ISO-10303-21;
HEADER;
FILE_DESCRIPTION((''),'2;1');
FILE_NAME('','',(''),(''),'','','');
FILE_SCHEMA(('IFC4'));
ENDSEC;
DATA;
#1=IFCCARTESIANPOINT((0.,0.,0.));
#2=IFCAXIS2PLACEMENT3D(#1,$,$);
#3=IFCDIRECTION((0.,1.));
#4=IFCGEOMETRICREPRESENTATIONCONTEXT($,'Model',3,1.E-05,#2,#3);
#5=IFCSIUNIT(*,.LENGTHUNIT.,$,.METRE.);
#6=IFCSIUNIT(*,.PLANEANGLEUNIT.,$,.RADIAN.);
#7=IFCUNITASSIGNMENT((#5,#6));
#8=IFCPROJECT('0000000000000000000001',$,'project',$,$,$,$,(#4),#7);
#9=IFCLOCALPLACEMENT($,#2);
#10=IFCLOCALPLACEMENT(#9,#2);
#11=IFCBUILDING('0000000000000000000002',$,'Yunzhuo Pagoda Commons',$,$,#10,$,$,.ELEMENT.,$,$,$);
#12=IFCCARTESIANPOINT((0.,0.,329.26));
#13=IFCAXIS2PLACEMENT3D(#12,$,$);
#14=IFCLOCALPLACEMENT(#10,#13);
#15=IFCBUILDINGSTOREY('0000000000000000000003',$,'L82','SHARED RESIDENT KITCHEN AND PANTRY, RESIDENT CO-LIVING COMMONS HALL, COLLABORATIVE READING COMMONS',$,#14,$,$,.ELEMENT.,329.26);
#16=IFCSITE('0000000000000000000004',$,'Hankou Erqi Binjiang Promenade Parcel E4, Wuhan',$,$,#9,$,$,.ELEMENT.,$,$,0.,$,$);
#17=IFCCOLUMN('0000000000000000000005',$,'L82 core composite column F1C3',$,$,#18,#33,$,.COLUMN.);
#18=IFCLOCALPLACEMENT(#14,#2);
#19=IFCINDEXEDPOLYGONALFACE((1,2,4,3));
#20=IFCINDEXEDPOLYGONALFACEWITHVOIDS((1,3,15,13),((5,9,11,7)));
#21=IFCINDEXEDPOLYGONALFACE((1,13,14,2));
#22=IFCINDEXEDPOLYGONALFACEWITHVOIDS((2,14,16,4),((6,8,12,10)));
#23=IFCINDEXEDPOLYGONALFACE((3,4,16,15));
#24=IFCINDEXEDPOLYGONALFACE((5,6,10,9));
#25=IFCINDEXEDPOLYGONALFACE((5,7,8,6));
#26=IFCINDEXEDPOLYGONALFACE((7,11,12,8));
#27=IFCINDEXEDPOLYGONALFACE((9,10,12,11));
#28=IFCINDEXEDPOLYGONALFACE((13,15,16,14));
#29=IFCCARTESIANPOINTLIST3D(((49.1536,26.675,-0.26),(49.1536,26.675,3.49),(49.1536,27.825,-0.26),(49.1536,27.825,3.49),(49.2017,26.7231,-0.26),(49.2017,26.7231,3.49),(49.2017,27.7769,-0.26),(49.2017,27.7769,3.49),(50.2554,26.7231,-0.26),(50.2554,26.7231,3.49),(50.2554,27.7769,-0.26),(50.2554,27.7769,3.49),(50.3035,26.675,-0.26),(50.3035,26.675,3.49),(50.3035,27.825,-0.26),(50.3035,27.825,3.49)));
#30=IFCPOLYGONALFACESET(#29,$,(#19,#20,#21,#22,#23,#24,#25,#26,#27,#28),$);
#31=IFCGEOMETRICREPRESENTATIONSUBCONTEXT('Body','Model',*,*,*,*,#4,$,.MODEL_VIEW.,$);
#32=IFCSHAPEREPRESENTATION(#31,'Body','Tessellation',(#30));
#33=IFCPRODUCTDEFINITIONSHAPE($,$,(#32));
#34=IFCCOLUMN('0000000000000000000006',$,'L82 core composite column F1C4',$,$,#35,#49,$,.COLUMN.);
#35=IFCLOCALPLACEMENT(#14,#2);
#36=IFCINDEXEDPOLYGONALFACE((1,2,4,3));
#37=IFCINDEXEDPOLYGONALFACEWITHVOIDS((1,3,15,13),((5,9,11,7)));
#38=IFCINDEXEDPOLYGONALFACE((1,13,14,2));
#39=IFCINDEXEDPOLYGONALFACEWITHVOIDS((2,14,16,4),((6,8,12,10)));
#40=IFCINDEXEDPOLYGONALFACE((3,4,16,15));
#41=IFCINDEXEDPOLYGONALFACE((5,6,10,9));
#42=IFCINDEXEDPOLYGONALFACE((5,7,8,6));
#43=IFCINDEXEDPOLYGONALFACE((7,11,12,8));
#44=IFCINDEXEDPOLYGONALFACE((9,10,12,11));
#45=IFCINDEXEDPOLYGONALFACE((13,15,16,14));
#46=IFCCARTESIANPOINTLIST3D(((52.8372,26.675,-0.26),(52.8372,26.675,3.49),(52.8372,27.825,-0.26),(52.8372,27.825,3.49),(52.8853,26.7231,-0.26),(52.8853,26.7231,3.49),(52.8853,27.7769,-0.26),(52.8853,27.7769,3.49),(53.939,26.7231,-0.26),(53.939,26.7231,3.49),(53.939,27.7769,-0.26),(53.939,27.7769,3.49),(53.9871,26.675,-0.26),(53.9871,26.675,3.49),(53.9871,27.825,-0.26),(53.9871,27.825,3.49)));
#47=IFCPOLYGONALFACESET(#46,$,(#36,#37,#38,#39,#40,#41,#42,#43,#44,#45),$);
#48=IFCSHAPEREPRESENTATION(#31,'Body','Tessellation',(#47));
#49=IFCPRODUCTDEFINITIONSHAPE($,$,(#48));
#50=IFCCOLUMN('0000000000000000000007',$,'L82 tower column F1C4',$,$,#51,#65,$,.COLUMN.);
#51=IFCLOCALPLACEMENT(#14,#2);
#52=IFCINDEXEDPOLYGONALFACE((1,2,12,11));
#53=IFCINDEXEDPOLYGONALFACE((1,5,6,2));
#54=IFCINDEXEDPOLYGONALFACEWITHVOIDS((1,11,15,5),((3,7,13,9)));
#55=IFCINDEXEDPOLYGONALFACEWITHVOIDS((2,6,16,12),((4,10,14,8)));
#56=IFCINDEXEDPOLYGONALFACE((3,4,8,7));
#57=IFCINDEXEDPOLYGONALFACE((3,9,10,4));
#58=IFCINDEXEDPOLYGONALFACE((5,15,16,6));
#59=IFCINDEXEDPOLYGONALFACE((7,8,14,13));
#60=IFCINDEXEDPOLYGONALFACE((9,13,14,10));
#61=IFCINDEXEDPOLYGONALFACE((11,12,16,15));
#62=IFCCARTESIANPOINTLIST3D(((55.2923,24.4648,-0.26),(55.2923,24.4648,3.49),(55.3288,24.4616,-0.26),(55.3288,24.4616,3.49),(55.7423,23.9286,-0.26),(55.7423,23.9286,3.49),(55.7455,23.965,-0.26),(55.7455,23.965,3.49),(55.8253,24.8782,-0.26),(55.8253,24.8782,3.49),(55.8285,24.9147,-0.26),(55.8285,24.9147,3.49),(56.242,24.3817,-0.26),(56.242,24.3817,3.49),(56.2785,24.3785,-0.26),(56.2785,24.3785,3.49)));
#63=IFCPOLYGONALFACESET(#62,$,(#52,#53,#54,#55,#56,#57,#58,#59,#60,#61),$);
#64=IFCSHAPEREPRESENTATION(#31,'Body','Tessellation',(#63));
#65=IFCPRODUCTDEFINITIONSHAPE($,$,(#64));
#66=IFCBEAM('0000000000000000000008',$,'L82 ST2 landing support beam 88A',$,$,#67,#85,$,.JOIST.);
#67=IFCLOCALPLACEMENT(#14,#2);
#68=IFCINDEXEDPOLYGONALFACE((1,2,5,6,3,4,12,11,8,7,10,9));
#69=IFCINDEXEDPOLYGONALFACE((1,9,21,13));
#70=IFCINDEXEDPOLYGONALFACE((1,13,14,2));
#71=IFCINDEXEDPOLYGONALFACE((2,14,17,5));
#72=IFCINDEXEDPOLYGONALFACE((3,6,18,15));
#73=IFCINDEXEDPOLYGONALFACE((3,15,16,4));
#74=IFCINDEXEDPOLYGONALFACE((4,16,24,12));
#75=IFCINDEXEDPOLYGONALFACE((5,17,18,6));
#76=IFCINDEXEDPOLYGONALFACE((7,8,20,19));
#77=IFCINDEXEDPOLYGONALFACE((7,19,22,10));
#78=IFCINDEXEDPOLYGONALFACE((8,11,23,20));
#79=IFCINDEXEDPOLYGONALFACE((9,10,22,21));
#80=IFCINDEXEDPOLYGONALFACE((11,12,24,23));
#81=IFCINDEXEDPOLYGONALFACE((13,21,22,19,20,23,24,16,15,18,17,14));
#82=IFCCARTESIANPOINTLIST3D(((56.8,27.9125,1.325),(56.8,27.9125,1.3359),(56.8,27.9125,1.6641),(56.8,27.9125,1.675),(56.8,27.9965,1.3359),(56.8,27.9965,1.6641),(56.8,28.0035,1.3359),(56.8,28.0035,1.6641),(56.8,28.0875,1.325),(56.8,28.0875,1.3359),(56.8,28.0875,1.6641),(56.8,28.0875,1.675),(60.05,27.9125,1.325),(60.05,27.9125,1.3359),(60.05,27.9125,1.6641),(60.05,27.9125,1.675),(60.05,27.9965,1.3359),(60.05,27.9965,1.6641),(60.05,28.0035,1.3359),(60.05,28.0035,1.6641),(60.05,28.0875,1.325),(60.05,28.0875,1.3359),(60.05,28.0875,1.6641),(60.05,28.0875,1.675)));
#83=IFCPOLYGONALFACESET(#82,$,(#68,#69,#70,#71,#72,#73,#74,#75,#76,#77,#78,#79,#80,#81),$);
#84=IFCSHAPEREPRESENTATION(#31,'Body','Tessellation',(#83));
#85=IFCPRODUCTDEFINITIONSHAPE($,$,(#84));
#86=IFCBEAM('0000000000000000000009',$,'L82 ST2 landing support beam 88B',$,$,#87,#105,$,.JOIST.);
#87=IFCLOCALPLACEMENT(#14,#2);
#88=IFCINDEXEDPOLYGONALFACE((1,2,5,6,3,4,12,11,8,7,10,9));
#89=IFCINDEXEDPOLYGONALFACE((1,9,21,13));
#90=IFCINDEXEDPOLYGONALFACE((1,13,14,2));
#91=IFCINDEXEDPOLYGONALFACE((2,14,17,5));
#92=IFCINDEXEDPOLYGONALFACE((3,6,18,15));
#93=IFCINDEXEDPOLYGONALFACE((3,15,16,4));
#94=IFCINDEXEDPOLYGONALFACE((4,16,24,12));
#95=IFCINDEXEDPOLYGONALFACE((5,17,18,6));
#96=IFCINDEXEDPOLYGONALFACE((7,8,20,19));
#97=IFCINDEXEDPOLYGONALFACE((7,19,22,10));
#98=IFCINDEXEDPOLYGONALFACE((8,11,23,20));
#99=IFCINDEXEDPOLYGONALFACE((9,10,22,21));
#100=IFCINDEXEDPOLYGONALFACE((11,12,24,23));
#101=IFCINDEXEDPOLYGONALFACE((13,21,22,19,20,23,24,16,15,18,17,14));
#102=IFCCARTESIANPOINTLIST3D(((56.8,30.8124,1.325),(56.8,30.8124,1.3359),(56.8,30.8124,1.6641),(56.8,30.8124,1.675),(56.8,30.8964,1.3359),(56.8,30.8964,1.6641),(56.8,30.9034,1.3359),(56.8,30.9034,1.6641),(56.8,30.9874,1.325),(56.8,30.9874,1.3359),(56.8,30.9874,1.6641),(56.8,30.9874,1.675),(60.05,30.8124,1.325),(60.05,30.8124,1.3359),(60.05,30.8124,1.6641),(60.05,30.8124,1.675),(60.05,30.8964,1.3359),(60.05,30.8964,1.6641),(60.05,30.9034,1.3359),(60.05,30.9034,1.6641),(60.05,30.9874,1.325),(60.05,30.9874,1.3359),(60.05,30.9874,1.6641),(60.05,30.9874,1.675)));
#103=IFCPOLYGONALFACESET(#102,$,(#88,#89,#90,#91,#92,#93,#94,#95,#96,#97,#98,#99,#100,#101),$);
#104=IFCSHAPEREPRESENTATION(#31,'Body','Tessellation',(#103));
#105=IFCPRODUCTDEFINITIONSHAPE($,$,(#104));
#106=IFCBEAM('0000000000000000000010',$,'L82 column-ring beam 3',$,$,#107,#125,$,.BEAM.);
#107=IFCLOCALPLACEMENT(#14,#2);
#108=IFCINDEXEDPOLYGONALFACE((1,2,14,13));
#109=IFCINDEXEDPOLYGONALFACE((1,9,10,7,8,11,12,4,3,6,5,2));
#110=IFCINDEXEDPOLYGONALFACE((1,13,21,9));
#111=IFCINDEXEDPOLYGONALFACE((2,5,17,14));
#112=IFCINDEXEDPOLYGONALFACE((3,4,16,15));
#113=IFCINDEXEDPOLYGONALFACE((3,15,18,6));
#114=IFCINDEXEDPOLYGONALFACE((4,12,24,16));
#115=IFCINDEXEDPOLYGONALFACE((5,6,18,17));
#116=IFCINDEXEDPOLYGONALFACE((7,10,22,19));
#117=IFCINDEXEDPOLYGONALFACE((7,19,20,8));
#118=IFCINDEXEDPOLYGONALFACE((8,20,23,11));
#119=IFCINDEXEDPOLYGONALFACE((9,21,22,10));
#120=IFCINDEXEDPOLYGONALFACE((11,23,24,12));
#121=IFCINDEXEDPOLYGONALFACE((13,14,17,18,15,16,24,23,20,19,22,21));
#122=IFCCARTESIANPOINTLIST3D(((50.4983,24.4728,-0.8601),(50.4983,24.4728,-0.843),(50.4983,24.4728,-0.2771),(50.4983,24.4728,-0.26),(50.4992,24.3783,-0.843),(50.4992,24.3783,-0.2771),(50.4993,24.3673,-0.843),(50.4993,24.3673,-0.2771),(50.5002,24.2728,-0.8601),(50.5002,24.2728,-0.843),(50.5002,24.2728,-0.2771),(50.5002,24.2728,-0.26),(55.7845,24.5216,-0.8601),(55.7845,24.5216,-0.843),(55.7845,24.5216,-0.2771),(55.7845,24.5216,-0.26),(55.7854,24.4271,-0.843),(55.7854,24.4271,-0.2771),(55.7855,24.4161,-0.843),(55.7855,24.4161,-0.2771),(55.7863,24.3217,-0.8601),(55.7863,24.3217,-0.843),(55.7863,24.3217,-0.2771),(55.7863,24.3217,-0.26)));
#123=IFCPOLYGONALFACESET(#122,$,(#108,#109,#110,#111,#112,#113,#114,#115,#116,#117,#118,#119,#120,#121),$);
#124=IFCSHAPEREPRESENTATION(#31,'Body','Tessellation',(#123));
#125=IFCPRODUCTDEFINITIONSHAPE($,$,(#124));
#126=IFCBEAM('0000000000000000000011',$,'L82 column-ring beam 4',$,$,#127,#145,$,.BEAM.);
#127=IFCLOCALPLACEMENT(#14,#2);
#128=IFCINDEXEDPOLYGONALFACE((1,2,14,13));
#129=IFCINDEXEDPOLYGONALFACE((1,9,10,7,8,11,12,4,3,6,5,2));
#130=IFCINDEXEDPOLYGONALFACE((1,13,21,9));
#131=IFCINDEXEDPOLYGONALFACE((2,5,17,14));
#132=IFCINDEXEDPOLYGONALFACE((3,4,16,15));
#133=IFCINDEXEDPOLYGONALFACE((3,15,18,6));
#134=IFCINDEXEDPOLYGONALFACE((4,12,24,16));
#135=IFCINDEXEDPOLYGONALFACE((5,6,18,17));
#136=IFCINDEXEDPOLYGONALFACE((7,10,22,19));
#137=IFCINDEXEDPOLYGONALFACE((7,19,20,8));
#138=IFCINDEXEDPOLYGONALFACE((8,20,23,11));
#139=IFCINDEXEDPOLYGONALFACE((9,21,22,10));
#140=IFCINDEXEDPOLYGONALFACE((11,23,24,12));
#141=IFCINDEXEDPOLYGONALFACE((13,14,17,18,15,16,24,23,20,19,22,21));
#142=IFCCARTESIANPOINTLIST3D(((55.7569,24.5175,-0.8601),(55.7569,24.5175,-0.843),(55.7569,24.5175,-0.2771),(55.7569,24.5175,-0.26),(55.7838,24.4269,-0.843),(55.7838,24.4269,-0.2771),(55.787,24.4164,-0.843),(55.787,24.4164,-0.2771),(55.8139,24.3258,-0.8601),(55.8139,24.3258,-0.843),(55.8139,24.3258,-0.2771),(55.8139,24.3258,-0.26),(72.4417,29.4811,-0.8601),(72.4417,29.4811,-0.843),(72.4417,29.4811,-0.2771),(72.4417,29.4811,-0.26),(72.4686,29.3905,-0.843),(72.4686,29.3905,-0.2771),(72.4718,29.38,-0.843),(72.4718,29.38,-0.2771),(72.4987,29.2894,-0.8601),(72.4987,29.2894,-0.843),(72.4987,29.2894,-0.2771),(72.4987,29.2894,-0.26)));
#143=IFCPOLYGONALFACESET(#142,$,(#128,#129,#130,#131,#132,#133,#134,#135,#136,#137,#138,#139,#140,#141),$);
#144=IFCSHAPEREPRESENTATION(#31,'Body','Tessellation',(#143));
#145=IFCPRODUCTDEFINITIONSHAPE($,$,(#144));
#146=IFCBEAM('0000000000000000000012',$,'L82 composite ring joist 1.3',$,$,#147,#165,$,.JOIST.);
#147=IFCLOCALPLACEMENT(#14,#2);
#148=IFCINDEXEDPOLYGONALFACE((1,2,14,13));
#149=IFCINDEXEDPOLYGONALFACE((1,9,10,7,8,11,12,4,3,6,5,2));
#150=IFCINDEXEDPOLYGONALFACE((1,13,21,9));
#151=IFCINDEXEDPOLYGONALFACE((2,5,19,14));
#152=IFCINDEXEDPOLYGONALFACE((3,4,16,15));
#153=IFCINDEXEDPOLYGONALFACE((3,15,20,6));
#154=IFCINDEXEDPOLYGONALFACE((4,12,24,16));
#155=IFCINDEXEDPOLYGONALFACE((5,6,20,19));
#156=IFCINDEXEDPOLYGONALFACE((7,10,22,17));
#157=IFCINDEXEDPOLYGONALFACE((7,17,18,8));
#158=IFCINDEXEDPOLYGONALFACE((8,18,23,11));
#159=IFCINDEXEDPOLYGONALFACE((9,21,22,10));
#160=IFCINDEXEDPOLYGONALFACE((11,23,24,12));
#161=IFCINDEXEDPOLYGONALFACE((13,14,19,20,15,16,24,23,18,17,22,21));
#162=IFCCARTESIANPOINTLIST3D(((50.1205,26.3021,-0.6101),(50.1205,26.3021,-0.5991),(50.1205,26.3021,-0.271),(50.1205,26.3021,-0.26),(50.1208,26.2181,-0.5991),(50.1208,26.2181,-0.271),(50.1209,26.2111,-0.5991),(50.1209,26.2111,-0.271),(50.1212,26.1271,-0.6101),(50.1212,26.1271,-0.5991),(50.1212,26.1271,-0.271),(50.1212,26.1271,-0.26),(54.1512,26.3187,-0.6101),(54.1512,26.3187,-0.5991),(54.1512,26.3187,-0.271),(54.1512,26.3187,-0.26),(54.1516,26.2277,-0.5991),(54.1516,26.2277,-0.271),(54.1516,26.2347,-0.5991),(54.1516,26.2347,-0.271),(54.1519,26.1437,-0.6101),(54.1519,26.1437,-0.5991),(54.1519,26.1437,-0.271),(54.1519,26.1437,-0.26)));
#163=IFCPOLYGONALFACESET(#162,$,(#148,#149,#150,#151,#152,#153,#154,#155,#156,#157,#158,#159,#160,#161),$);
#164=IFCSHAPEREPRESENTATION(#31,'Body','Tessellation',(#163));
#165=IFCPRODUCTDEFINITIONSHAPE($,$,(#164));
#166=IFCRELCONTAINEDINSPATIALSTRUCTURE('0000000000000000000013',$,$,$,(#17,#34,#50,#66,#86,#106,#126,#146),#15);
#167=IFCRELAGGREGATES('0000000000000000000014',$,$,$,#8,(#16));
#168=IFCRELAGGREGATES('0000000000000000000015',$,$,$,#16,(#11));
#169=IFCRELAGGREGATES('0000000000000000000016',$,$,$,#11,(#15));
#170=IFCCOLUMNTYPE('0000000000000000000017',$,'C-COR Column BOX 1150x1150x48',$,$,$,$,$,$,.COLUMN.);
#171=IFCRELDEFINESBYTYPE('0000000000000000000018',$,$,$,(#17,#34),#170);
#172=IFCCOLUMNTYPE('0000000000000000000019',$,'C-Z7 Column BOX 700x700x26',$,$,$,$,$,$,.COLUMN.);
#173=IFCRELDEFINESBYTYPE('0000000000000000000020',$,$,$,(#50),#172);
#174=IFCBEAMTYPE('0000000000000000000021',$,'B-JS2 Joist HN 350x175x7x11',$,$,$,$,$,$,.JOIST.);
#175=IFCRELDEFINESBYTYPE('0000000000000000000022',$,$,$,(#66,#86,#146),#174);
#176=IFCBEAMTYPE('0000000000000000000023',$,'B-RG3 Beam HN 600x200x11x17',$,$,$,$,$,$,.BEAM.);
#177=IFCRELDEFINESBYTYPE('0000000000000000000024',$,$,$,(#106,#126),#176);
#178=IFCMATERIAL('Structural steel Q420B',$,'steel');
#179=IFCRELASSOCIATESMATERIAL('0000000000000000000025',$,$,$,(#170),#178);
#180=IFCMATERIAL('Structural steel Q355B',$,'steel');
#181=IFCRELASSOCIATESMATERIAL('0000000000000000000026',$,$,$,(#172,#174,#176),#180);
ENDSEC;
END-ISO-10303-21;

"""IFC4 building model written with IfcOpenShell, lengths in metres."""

from ifc_helpers import new_model, si_unit, direction, frame, origin, origin_2d, place, context, subcontext, project, spatial, hollow_rectangle, i_section, extrude, source, transform, mapped, material, material_profile, profile_set, type_object, element, save


model = new_model("IFC4")

# Units and contexts
model_context = context("Model", 3, precision=1e-05, world=origin(), true_north=direction((0.0, 1.0)))
body_context = subcontext(model_context, "Body", "Model", "MODEL_VIEW")
ifc_project = project(units=[si_unit("LENGTHUNIT", "METRE"), si_unit("PLANEANGLEUNIT", "RADIAN")], contexts=[model_context])

# Site, building, storey
site_placement = place(None, origin())
site = spatial("IfcSite", under=ifc_project, at=site_placement, Name="Hankou Erqi Binjiang Promenade Parcel E4, Wuhan", CompositionType="ELEMENT", RefElevation=0.0)
building_placement = place(site_placement, origin())
building = spatial("IfcBuilding", under=site, at=building_placement, Name="Yunzhuo Pagoda Commons", CompositionType="ELEMENT")
storey_placement = place(building_placement, frame((0.0, 0.0, 329.26)))
storey = spatial("IfcBuildingStorey", under=building, at=storey_placement, Name="L82", Description="SHARED RESIDENT KITCHEN AND PANTRY, RESIDENT CO-LIVING COMMONS HALL, COLLABORATIVE READING COMMONS", CompositionType="ELEMENT", Elevation=329.26)

# Columns
ifc_material_1 = material(Name="Structural steel Q420B", Category="steel")
ifc_material_profile_1 = material_profile(ifc_material_1, hollow_rectangle(XDim=1.1499, YDim=1.1499, WallThickness=0.0481, at=origin_2d()), Name="Structural steel Q420B")
ifc_profile_set_1 = profile_set([ifc_material_profile_1], Name="Structural steel Q420B")
column_type_1 = type_object("IfcColumnType", Name="C-COR Column BOX 1150x1150x48", PredefinedType="COLUMN", material=ifc_profile_set_1)
shared_shape_1 = source(origin(), body_context, "Body", "SweptSolid", [
    extrude(hollow_rectangle(XDim=1.1499, YDim=1.1499, WallThickness=0.0481, at=origin_2d()), origin(), (0.0, 0.0, 1.0), 3.75),
])
for number, where, z_axis, x_axis, name in (
    (1, (49.7285, 27.25, -0.26), (0.0, 0.0, 1.0), (1.0, 0.0, 0.0), "L82 core composite column F1C3"),
    (2, (53.4121, 27.25, -0.26), (0.0, 0.0, 1.0), (1.0, 0.0, 0.0), "L82 core composite column F1C4"),
):
    element("IfcColumn", number, at=place(storey_placement, frame(where, z_axis=z_axis, x_axis=x_axis)), inside=storey, type_object=column_type_1, Name=name, PredefinedType="COLUMN", context=body_context, shape_type="MappedRepresentation", body=[
        mapped(shared_shape_1, transform((0.0, 0.0, 0.0), scale=1.0)),
    ])
ifc_material_2 = material(Name="Structural steel Q355B", Category="steel")
ifc_material_profile_2 = material_profile(ifc_material_2, hollow_rectangle(XDim=0.7, YDim=0.7, WallThickness=0.0259, at=origin_2d()), Name="Structural steel Q355B")
ifc_profile_set_2 = profile_set([ifc_material_profile_2], Name="Structural steel Q355B")
column_type_2 = type_object("IfcColumnType", Name="C-Z7 Column BOX 700x700x26", PredefinedType="COLUMN", material=ifc_profile_set_2)
shared_shape_2 = source(origin(), body_context, "Body", "SweptSolid", [
    extrude(hollow_rectangle(XDim=0.7, YDim=0.7, WallThickness=0.0259, at=origin_2d()), origin(), (0.0, 0.0, 1.0), 3.75),
])
column_placement = place(storey_placement, frame((55.7854, 24.4216, -0.26), z_axis=(0.0, 0.0, 1.0), x_axis=(0.766044, 0.642788, 0.0)))
element("IfcColumn", 3, at=column_placement, inside=storey, type_object=column_type_2, Name="L82 tower column F1C4", PredefinedType="COLUMN", context=body_context, shape_type="MappedRepresentation", body=[
    mapped(shared_shape_2, transform((0.0, 0.0, 0.0), scale=1.0)),
])

# Beams
ifc_material_profile_3 = material_profile(ifc_material_2, i_section(OverallWidth=0.175, OverallDepth=0.3501, WebThickness=0.0071, FlangeThickness=0.011, at=origin_2d()), Name="Structural steel Q355B")
ifc_profile_set_3 = profile_set([ifc_material_profile_3], Name="Structural steel Q355B")
beam_type_1 = type_object("IfcBeamType", Name="B-JS2 Joist HN 350x175x7x11", PredefinedType="JOIST", material=ifc_profile_set_3)
shared_shape_3 = source(origin(), body_context, "Body", "SweptSolid", [
    extrude(i_section(OverallWidth=0.175, OverallDepth=0.3501, WebThickness=0.0071, FlangeThickness=0.011, at=origin_2d()), origin(), (0.0, 0.0, 1.0), 3.25),
])
for number, where, z_axis, x_axis, name in (
    (4, (56.8, 28.0, 1.5), (1.0, 0.0, 0.0), (0.0, 1.0, 0.0), "L82 ST2 landing support beam 88A"),
    (5, (56.8, 30.8999, 1.5), (1.0, 0.0, 0.0), (0.0, 1.0, 0.0), "L82 ST2 landing support beam 88B"),
):
    element("IfcBeam", number, at=place(storey_placement, frame(where, z_axis=z_axis, x_axis=x_axis)), inside=storey, type_object=beam_type_1, Name=name, PredefinedType="JOIST", context=body_context, shape_type="MappedRepresentation", body=[
        mapped(shared_shape_3, transform((0.0, 0.0, 0.0), scale=1.0)),
    ])
ifc_material_profile_4 = material_profile(ifc_material_2, i_section(OverallWidth=0.2, OverallDepth=0.6001, WebThickness=0.011, FlangeThickness=0.0171, at=origin_2d()), Name="Structural steel Q355B")
ifc_profile_set_4 = profile_set([ifc_material_profile_4], Name="Structural steel Q355B")
beam_type_2 = type_object("IfcBeamType", Name="B-RG3 Beam HN 600x200x11x17", PredefinedType="BEAM", material=ifc_profile_set_4)
shared_shape_4 = source(origin(), body_context, "Body", "SweptSolid", [
    extrude(i_section(OverallWidth=0.2, OverallDepth=0.6001, WebThickness=0.011, FlangeThickness=0.0171, at=origin_2d()), origin(), (0.0, 0.0, 1.0), 5.2864),
])
beam_1_placement = place(storey_placement, frame((50.4993, 24.3728, -0.5601), z_axis=(0.999957, 0.009237, 0.0), x_axis=(-0.009237, 0.999957, 0.0)))
element("IfcBeam", 6, at=beam_1_placement, inside=storey, type_object=beam_type_2, Name="L82 column-ring beam 3", PredefinedType="BEAM", context=body_context, shape_type="MappedRepresentation", body=[
    mapped(shared_shape_4, transform((0.0, 0.0, 0.0), scale=1.0)),
])
shared_shape_5 = source(origin(), body_context, "Body", "SweptSolid", [
    extrude(i_section(OverallWidth=0.2, OverallDepth=0.6001, WebThickness=0.011, FlangeThickness=0.0171, at=origin_2d()), origin(), (0.0, 0.0, 1.0), 17.4075),
])
beam_2_placement = place(storey_placement, frame((55.7854, 24.4216, -0.5601), z_axis=(0.958485, 0.285143, 0.0), x_axis=(-0.285143, 0.958485, 0.0)))
element("IfcBeam", 7, at=beam_2_placement, inside=storey, type_object=beam_type_2, Name="L82 column-ring beam 4", PredefinedType="BEAM", context=body_context, shape_type="MappedRepresentation", body=[
    mapped(shared_shape_5, transform((0.0, 0.0, 0.0), scale=1.0)),
])
shared_shape_6 = source(origin(), body_context, "Body", "SweptSolid", [
    extrude(i_section(OverallWidth=0.175, OverallDepth=0.3501, WebThickness=0.0071, FlangeThickness=0.011, at=origin_2d()), origin(), (0.0, 0.0, 1.0), 4.0308),
])
beam_3_placement = place(storey_placement, frame((50.1208, 26.2146, -0.4351), z_axis=(0.999992, 0.004119, 0.0), x_axis=(-0.004119, 0.999992, 0.0)))
element("IfcBeam", 8, at=beam_3_placement, inside=storey, type_object=beam_type_1, Name="L82 composite ring joist 1.3", PredefinedType="JOIST", context=body_context, shape_type="MappedRepresentation", body=[
    mapped(shared_shape_6, transform((0.0, 0.0, 0.0), scale=1.0)),
])

save(model, "model.ifc")
